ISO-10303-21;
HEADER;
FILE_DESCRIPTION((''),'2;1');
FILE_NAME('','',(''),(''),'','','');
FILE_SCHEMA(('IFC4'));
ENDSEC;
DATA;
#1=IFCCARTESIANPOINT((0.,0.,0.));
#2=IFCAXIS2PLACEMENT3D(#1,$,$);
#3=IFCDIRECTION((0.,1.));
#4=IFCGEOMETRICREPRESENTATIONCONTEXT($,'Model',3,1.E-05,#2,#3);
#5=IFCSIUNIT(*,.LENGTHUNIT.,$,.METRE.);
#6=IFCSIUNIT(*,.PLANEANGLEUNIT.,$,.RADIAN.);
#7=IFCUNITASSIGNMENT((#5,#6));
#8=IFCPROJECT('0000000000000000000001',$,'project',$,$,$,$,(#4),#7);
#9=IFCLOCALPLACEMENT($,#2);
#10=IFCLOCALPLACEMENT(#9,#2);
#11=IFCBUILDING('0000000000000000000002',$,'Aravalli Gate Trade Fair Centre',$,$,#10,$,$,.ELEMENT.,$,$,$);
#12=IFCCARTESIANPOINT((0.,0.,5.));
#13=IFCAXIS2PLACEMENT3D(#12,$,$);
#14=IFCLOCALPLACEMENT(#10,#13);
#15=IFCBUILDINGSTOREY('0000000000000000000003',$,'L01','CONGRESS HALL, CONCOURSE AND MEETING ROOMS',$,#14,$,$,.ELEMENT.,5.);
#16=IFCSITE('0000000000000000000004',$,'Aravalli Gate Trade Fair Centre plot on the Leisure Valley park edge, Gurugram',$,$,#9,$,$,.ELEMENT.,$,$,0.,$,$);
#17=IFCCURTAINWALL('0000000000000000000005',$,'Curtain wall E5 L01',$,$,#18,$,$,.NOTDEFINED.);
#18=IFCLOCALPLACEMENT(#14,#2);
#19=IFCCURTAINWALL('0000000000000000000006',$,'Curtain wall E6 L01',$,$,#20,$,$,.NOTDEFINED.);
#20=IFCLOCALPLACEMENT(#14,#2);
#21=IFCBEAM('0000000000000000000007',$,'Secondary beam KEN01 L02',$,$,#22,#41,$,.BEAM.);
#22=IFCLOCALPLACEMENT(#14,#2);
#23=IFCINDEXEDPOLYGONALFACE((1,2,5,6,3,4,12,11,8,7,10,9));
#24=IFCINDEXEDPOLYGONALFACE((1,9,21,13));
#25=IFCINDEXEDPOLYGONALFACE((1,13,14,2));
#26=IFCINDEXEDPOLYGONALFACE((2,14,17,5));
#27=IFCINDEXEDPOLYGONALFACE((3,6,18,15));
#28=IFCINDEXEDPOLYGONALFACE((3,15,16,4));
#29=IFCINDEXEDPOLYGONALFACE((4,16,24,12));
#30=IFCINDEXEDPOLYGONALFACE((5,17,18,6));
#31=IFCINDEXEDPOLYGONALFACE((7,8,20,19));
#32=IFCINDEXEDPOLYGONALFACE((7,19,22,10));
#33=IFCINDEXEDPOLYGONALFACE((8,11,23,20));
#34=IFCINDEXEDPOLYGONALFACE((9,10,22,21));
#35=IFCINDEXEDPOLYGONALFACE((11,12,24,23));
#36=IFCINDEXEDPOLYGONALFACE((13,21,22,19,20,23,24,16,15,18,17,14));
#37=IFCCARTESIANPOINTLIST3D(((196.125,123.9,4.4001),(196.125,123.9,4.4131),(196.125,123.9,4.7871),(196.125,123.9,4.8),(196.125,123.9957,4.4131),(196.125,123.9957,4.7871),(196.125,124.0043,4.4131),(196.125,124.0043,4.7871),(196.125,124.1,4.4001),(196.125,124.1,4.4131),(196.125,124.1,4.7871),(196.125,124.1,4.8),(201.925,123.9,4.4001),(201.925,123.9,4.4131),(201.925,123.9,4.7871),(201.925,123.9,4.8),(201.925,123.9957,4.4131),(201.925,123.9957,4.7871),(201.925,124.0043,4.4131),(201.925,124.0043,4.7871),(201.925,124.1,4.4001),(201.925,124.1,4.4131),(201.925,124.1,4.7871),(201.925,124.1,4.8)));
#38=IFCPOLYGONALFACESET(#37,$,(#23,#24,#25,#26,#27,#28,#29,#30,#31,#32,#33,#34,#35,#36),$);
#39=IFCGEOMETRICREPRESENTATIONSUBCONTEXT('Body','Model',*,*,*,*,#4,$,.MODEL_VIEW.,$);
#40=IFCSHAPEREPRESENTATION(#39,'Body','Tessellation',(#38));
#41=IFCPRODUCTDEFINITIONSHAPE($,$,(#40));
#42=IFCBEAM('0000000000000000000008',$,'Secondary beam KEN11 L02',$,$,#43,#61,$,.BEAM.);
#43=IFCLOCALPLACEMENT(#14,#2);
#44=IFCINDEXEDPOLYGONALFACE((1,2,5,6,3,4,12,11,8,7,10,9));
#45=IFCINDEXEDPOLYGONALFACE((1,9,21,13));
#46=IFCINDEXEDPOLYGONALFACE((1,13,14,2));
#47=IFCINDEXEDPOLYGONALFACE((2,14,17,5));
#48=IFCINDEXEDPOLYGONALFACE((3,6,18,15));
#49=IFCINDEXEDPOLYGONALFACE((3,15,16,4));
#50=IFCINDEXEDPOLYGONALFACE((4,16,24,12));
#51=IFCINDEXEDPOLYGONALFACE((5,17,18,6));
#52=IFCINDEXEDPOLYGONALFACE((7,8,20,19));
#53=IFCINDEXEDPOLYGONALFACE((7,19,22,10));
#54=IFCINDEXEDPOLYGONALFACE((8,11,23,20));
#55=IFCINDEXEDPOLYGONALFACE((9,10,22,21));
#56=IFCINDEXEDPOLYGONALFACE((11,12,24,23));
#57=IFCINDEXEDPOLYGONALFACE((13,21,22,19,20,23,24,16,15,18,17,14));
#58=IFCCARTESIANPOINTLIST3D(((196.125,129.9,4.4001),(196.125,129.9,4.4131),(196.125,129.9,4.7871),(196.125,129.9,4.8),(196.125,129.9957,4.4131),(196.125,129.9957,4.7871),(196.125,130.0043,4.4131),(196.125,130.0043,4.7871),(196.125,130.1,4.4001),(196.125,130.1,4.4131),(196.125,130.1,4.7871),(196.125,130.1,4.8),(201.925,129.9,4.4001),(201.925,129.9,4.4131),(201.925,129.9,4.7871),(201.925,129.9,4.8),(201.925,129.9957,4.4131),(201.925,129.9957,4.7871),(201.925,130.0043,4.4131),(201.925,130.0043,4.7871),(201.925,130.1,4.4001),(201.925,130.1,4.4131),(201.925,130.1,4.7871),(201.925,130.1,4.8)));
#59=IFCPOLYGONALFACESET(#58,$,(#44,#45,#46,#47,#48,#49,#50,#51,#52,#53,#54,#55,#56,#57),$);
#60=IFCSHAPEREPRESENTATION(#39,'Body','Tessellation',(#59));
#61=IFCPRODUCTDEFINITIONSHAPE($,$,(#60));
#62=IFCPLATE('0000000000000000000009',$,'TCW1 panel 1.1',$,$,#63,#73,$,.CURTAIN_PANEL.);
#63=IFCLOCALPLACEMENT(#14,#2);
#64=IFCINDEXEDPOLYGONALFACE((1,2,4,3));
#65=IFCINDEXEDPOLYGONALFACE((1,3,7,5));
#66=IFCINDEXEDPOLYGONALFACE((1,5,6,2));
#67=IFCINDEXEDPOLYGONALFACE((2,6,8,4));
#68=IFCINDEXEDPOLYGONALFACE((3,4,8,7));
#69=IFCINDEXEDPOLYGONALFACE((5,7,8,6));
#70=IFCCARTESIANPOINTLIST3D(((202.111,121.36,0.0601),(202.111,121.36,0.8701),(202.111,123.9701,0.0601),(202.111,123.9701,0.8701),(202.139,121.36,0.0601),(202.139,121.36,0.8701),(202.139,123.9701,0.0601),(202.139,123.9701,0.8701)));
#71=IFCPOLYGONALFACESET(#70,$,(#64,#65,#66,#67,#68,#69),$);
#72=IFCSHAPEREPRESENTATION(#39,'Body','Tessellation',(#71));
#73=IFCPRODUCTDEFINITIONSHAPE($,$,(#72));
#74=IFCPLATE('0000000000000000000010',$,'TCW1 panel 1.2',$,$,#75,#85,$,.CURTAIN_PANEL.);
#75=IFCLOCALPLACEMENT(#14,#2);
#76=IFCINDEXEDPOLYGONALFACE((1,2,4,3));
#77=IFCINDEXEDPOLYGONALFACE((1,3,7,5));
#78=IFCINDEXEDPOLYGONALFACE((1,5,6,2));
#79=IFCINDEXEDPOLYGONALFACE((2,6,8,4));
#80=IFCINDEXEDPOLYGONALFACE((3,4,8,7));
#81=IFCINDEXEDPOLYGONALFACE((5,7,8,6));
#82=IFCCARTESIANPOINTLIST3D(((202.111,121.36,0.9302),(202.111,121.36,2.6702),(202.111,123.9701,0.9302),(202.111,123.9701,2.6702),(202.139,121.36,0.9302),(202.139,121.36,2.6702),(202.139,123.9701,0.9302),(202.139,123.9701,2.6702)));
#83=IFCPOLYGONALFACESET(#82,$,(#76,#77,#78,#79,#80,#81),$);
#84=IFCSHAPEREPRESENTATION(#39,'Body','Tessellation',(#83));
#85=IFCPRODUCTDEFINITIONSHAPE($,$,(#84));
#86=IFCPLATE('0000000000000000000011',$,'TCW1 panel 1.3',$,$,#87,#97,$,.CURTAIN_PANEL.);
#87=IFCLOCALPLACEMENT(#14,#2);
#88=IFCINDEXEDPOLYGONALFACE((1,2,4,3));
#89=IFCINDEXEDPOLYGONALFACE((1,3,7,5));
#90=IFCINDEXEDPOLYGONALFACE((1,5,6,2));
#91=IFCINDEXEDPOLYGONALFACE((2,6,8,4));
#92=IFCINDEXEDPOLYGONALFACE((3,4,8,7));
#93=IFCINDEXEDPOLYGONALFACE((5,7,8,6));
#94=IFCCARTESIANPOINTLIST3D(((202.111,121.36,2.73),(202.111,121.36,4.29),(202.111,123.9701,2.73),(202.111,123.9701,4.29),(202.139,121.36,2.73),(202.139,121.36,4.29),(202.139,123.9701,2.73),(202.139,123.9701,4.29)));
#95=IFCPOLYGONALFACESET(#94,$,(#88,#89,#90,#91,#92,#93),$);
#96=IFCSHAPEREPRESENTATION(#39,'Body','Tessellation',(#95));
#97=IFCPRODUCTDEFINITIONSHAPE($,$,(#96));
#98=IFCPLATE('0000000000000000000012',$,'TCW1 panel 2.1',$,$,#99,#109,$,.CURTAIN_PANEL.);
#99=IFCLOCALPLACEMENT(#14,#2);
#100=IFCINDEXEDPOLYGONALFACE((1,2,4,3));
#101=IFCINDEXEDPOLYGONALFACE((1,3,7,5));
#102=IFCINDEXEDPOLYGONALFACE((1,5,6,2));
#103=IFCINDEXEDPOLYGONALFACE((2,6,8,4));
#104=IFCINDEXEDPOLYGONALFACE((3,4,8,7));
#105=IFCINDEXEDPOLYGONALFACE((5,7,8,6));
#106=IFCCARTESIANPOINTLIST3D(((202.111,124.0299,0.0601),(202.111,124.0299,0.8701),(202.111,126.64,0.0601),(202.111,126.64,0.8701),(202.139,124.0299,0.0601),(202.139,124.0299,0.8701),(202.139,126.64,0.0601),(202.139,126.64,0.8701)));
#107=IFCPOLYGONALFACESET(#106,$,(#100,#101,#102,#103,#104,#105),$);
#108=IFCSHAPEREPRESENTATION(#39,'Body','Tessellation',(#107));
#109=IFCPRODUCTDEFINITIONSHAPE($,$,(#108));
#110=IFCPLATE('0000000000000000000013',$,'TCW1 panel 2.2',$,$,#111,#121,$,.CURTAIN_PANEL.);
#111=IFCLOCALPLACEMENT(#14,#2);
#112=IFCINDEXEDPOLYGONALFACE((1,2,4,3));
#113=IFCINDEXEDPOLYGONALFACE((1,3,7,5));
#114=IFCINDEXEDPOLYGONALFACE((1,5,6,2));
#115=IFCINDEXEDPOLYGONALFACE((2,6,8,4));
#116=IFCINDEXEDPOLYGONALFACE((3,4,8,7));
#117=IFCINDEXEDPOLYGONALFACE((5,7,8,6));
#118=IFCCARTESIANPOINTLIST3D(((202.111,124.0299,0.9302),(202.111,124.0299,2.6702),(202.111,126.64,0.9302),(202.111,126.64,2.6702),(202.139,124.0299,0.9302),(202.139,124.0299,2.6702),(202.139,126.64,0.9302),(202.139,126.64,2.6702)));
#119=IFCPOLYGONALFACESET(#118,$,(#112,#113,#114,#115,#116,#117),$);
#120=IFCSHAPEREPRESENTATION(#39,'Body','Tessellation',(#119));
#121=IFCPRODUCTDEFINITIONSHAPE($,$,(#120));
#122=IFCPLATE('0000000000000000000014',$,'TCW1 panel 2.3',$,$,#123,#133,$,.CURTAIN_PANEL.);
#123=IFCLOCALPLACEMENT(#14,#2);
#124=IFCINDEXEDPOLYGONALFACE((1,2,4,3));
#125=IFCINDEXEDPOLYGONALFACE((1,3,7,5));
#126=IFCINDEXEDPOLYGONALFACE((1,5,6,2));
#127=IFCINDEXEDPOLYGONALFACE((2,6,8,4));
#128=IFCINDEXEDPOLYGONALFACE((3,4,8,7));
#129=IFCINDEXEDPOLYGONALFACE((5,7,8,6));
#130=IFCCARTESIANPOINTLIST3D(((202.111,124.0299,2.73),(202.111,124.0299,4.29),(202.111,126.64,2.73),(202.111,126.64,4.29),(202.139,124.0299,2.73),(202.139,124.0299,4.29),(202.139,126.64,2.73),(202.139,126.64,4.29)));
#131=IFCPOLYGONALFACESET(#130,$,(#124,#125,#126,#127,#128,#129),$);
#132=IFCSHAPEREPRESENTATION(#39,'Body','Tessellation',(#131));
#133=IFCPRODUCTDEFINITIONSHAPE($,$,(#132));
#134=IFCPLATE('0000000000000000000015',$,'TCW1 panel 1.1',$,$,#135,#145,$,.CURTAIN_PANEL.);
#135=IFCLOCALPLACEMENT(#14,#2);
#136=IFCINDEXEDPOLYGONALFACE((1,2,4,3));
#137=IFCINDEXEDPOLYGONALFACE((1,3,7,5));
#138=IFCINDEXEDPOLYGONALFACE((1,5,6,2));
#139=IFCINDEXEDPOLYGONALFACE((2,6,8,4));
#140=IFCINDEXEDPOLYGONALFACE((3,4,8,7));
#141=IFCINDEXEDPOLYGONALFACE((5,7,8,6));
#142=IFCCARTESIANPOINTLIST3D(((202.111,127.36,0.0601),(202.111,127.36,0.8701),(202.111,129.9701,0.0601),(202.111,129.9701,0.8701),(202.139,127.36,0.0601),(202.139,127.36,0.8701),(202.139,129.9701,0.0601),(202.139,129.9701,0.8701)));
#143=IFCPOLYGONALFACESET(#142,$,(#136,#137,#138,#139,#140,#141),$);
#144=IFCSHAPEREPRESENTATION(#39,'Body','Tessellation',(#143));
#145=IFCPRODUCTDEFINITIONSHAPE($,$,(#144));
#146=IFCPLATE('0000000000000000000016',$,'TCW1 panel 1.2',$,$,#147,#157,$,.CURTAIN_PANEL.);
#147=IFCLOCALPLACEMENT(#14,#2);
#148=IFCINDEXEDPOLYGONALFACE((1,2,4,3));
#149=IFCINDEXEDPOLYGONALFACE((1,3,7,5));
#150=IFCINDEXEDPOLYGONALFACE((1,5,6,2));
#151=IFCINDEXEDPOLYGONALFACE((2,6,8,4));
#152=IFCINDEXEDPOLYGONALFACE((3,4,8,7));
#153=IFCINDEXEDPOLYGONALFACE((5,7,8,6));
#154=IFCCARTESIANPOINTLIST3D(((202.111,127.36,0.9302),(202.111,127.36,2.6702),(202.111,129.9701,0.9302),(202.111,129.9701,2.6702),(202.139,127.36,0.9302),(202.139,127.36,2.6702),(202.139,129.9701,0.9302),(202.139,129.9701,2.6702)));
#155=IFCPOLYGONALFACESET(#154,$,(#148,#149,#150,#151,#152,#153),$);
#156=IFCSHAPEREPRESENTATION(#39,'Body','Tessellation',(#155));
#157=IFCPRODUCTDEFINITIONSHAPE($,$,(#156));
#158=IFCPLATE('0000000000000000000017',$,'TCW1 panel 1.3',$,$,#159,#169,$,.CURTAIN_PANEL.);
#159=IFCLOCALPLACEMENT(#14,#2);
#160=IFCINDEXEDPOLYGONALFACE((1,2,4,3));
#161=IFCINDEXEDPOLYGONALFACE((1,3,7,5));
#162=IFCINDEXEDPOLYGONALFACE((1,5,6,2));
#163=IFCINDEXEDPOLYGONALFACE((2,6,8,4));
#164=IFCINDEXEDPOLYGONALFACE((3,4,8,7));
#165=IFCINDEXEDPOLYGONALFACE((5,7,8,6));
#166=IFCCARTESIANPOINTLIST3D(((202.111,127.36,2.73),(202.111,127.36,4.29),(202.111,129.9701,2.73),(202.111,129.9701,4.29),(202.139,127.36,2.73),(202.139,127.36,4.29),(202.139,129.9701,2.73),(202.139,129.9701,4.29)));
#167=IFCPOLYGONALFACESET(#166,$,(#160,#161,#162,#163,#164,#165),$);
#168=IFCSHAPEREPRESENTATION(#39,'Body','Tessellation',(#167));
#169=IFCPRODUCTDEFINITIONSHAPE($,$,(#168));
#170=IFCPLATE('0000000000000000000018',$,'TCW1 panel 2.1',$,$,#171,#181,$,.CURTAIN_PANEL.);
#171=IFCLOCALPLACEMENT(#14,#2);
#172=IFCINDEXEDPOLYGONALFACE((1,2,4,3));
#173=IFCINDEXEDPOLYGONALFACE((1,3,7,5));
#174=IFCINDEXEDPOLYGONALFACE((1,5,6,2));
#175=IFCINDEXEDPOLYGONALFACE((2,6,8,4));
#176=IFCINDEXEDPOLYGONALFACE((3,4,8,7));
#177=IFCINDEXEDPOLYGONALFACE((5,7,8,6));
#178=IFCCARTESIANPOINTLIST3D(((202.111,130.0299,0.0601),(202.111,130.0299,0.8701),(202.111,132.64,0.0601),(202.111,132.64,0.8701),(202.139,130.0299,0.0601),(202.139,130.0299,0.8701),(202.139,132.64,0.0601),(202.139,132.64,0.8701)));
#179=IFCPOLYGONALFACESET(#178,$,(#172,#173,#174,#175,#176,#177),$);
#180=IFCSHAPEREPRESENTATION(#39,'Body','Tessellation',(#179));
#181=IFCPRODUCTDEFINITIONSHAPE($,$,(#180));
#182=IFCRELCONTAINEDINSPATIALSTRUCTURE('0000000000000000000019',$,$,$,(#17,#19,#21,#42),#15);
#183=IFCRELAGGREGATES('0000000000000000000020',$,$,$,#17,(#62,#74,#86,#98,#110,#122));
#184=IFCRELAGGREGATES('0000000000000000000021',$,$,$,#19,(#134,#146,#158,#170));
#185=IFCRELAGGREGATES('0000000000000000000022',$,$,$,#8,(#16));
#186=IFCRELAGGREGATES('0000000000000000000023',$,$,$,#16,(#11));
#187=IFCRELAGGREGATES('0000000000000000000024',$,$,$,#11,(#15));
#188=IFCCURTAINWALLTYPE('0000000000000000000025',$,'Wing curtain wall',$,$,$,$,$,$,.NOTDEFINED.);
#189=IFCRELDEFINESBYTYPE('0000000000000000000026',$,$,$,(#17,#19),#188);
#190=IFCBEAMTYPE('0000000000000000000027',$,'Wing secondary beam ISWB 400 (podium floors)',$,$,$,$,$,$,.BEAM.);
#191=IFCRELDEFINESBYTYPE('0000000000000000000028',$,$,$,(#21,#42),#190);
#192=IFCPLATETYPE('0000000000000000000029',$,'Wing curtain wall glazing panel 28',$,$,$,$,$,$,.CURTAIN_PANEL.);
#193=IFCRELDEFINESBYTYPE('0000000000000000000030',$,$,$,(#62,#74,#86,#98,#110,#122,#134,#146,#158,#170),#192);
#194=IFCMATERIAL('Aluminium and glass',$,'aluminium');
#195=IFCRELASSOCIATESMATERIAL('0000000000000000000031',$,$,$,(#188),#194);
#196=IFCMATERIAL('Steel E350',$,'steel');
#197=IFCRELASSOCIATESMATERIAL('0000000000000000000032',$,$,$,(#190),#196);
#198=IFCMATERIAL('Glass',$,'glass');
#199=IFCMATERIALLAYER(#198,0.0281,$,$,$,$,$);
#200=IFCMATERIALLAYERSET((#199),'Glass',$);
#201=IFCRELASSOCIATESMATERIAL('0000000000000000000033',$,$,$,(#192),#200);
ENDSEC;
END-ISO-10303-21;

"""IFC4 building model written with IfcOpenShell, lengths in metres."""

from ifc_helpers import new_model, si_unit, direction, frame, origin, origin_2d, place, context, subcontext, project, spatial, rectangle, i_section, extrude, material, layer, layer_set, material_profile, profile_set, type_object, element, aggregate, save


model = new_model("IFC4")

# Units and contexts
model_context = context("Model", 3, precision=1e-05, world=origin(), true_north=direction((0.0, 1.0)))
body_context = subcontext(model_context, "Body", "Model", "MODEL_VIEW")
ifc_project = project(units=[si_unit("LENGTHUNIT", "METRE"), si_unit("PLANEANGLEUNIT", "RADIAN")], contexts=[model_context])

# Site, building, storey
site_placement = place(None, origin())
site = spatial("IfcSite", under=ifc_project, at=site_placement, Name="Aravalli Gate Trade Fair Centre plot on the Leisure Valley park edge, Gurugram", CompositionType="ELEMENT", RefElevation=0.0)
building_placement = place(site_placement, origin())
building = spatial("IfcBuilding", under=site, at=building_placement, Name="Aravalli Gate Trade Fair Centre", CompositionType="ELEMENT")
storey_placement = place(building_placement, frame((0.0, 0.0, 5.0)))
storey = spatial("IfcBuildingStorey", under=building, at=storey_placement, Name="L01", Description="CONGRESS HALL, CONCOURSE AND MEETING ROOMS", CompositionType="ELEMENT", Elevation=5.0)

# Shared definitions
ifc_material_1 = material(Name="Steel E350", Category="steel")

# Curtain walls
ifc_material_2 = material(Name="Aluminium and glass", Category="aluminium")
curtain_wall_type = type_object("IfcCurtainWallType", Name="Wing curtain wall", PredefinedType="NOTDEFINED", material=ifc_material_2)
curtain_wall_1_placement = place(storey_placement, origin())
curtain_wall_1 = element("IfcCurtainWall", 1, at=curtain_wall_1_placement, inside=storey, type_object=curtain_wall_type, Name="Curtain wall E5 L01", PredefinedType="NOTDEFINED")
curtain_wall_2_placement = place(storey_placement, origin())
curtain_wall_2 = element("IfcCurtainWall", 2, at=curtain_wall_2_placement, inside=storey, type_object=curtain_wall_type, Name="Curtain wall E6 L01", PredefinedType="NOTDEFINED")

# Beams
ifc_material_profile_1 = material_profile(ifc_material_1, i_section(OverallWidth=0.2, OverallDepth=0.3999, WebThickness=0.0085, FlangeThickness=0.0129, at=origin_2d()), Name="ISWB 400")
ifc_profile_set_1 = profile_set([ifc_material_profile_1], Name="Steel E350")
beam_type_1 = type_object("IfcBeamType", Name="Wing secondary beam ISWB 400 (podium floors)", PredefinedType="BEAM", material=ifc_profile_set_1)
for number, where, z_axis, x_axis, name in (
    (3, (196.125, 124.0, 4.6001), (1.0, 0.0, 0.0), (0.0, 1.0, 0.0), "Secondary beam KEN01 L02"),
    (4, (196.125, 130.0, 4.6001), (1.0, 0.0, 0.0), (0.0, 1.0, 0.0), "Secondary beam KEN11 L02"),
):
    element("IfcBeam", number, at=place(storey_placement, frame(where, z_axis=z_axis, x_axis=x_axis)), inside=storey, type_object=beam_type_1, Name=name, PredefinedType="BEAM", context=body_context, shape_type="SweptSolid", body=[
        extrude(i_section(OverallWidth=0.2, OverallDepth=0.3999, WebThickness=0.0085, FlangeThickness=0.0129, at=origin_2d()), origin(), (0.0, 0.0, 1.0), 5.8),
    ])

# Plates
ifc_material_3 = material(Name="Glass", Category="glass")
ifc_layer = layer(ifc_material_3, 0.0281)
ifc_layer_set = layer_set([ifc_layer], Name="Glass")
plate_type = type_object("IfcPlateType", Name="Wing curtain wall glazing panel 28", PredefinedType="CURTAIN_PANEL", material=ifc_layer_set)
plate_1_placement = place(storey_placement, frame((202.125, 122.665, 0.0601), z_axis=(0.0, 0.0, 1.0), x_axis=(0.0, 1.0, 0.0)))
plate_1 = element("IfcPlate", 5, at=plate_1_placement, type_object=plate_type, Name="TCW1 panel 1.1", PredefinedType="CURTAIN_PANEL", context=body_context, shape_type="SweptSolid", body=[
    extrude(rectangle(XDim=2.6101, YDim=0.0281, at=origin_2d()), origin(), (0.0, 0.0, 1.0), 0.8101),
])
plate_2_placement = place(storey_placement, frame((202.125, 122.665, 0.9302), z_axis=(0.0, 0.0, 1.0), x_axis=(0.0, 1.0, 0.0)))
plate_2 = element("IfcPlate", 6, at=plate_2_placement, type_object=plate_type, Name="TCW1 panel 1.2", PredefinedType="CURTAIN_PANEL", context=body_context, shape_type="SweptSolid", body=[
    extrude(rectangle(XDim=2.6101, YDim=0.0281, at=origin_2d()), origin(), (0.0, 0.0, 1.0), 1.74),
])
plate_3_placement = place(storey_placement, frame((202.125, 122.665, 2.73), z_axis=(0.0, 0.0, 1.0), x_axis=(0.0, 1.0, 0.0)))
plate_3 = element("IfcPlate", 7, at=plate_3_placement, type_object=plate_type, Name="TCW1 panel 1.3", PredefinedType="CURTAIN_PANEL", context=body_context, shape_type="SweptSolid", body=[
    extrude(rectangle(XDim=2.6101, YDim=0.0281, at=origin_2d()), origin(), (0.0, 0.0, 1.0), 1.5601),
])
plate_4_placement = place(storey_placement, frame((202.125, 125.335, 0.0601), z_axis=(0.0, 0.0, 1.0), x_axis=(0.0, 1.0, 0.0)))
plate_4 = element("IfcPlate", 8, at=plate_4_placement, type_object=plate_type, Name="TCW1 panel 2.1", PredefinedType="CURTAIN_PANEL", context=body_context, shape_type="SweptSolid", body=[
    extrude(rectangle(XDim=2.6101, YDim=0.0281, at=origin_2d()), origin(), (0.0, 0.0, 1.0), 0.8101),
])
plate_5_placement = place(storey_placement, frame((202.125, 125.335, 0.9302), z_axis=(0.0, 0.0, 1.0), x_axis=(0.0, 1.0, 0.0)))
plate_5 = element("IfcPlate", 9, at=plate_5_placement, type_object=plate_type, Name="TCW1 panel 2.2", PredefinedType="CURTAIN_PANEL", context=body_context, shape_type="SweptSolid", body=[
    extrude(rectangle(XDim=2.6101, YDim=0.0281, at=origin_2d()), origin(), (0.0, 0.0, 1.0), 1.74),
])
plate_6_placement = place(storey_placement, frame((202.125, 125.335, 2.73), z_axis=(0.0, 0.0, 1.0), x_axis=(0.0, 1.0, 0.0)))
plate_6 = element("IfcPlate", 10, at=plate_6_placement, type_object=plate_type, Name="TCW1 panel 2.3", PredefinedType="CURTAIN_PANEL", context=body_context, shape_type="SweptSolid", body=[
    extrude(rectangle(XDim=2.6101, YDim=0.0281, at=origin_2d()), origin(), (0.0, 0.0, 1.0), 1.5601),
])
aggregate(curtain_wall_1, [plate_1, plate_2, plate_3, plate_4, plate_5, plate_6])
plate_7_placement = place(storey_placement, frame((202.125, 128.665, 0.0601), z_axis=(0.0, 0.0, 1.0), x_axis=(0.0, 1.0, 0.0)))
plate_7 = element("IfcPlate", 11, at=plate_7_placement, type_object=plate_type, Name="TCW1 panel 1.1", PredefinedType="CURTAIN_PANEL", context=body_context, shape_type="SweptSolid", body=[
    extrude(rectangle(XDim=2.6101, YDim=0.0281, at=origin_2d()), origin(), (0.0, 0.0, 1.0), 0.8101),
])
plate_8_placement = place(storey_placement, frame((202.125, 128.665, 0.9302), z_axis=(0.0, 0.0, 1.0), x_axis=(0.0, 1.0, 0.0)))
plate_8 = element("IfcPlate", 12, at=plate_8_placement, type_object=plate_type, Name="TCW1 panel 1.2", PredefinedType="CURTAIN_PANEL", context=body_context, shape_type="SweptSolid", body=[
    extrude(rectangle(XDim=2.6101, YDim=0.0281, at=origin_2d()), origin(), (0.0, 0.0, 1.0), 1.74),
])
plate_9_placement = place(storey_placement, frame((202.125, 128.665, 2.73), z_axis=(0.0, 0.0, 1.0), x_axis=(0.0, 1.0, 0.0)))
plate_9 = element("IfcPlate", 13, at=plate_9_placement, type_object=plate_type, Name="TCW1 panel 1.3", PredefinedType="CURTAIN_PANEL", context=body_context, shape_type="SweptSolid", body=[
    extrude(rectangle(XDim=2.6101, YDim=0.0281, at=origin_2d()), origin(), (0.0, 0.0, 1.0), 1.5601),
])
plate_10_placement = place(storey_placement, frame((202.125, 131.335, 0.0601), z_axis=(0.0, 0.0, 1.0), x_axis=(0.0, 1.0, 0.0)))
plate_10 = element("IfcPlate", 14, at=plate_10_placement, type_object=plate_type, Name="TCW1 panel 2.1", PredefinedType="CURTAIN_PANEL", context=body_context, shape_type="SweptSolid", body=[
    extrude(rectangle(XDim=2.6101, YDim=0.0281, at=origin_2d()), origin(), (0.0, 0.0, 1.0), 0.8101),
])
aggregate(curtain_wall_2, [plate_7, plate_8, plate_9, plate_10])

save(model, "model.ifc")
